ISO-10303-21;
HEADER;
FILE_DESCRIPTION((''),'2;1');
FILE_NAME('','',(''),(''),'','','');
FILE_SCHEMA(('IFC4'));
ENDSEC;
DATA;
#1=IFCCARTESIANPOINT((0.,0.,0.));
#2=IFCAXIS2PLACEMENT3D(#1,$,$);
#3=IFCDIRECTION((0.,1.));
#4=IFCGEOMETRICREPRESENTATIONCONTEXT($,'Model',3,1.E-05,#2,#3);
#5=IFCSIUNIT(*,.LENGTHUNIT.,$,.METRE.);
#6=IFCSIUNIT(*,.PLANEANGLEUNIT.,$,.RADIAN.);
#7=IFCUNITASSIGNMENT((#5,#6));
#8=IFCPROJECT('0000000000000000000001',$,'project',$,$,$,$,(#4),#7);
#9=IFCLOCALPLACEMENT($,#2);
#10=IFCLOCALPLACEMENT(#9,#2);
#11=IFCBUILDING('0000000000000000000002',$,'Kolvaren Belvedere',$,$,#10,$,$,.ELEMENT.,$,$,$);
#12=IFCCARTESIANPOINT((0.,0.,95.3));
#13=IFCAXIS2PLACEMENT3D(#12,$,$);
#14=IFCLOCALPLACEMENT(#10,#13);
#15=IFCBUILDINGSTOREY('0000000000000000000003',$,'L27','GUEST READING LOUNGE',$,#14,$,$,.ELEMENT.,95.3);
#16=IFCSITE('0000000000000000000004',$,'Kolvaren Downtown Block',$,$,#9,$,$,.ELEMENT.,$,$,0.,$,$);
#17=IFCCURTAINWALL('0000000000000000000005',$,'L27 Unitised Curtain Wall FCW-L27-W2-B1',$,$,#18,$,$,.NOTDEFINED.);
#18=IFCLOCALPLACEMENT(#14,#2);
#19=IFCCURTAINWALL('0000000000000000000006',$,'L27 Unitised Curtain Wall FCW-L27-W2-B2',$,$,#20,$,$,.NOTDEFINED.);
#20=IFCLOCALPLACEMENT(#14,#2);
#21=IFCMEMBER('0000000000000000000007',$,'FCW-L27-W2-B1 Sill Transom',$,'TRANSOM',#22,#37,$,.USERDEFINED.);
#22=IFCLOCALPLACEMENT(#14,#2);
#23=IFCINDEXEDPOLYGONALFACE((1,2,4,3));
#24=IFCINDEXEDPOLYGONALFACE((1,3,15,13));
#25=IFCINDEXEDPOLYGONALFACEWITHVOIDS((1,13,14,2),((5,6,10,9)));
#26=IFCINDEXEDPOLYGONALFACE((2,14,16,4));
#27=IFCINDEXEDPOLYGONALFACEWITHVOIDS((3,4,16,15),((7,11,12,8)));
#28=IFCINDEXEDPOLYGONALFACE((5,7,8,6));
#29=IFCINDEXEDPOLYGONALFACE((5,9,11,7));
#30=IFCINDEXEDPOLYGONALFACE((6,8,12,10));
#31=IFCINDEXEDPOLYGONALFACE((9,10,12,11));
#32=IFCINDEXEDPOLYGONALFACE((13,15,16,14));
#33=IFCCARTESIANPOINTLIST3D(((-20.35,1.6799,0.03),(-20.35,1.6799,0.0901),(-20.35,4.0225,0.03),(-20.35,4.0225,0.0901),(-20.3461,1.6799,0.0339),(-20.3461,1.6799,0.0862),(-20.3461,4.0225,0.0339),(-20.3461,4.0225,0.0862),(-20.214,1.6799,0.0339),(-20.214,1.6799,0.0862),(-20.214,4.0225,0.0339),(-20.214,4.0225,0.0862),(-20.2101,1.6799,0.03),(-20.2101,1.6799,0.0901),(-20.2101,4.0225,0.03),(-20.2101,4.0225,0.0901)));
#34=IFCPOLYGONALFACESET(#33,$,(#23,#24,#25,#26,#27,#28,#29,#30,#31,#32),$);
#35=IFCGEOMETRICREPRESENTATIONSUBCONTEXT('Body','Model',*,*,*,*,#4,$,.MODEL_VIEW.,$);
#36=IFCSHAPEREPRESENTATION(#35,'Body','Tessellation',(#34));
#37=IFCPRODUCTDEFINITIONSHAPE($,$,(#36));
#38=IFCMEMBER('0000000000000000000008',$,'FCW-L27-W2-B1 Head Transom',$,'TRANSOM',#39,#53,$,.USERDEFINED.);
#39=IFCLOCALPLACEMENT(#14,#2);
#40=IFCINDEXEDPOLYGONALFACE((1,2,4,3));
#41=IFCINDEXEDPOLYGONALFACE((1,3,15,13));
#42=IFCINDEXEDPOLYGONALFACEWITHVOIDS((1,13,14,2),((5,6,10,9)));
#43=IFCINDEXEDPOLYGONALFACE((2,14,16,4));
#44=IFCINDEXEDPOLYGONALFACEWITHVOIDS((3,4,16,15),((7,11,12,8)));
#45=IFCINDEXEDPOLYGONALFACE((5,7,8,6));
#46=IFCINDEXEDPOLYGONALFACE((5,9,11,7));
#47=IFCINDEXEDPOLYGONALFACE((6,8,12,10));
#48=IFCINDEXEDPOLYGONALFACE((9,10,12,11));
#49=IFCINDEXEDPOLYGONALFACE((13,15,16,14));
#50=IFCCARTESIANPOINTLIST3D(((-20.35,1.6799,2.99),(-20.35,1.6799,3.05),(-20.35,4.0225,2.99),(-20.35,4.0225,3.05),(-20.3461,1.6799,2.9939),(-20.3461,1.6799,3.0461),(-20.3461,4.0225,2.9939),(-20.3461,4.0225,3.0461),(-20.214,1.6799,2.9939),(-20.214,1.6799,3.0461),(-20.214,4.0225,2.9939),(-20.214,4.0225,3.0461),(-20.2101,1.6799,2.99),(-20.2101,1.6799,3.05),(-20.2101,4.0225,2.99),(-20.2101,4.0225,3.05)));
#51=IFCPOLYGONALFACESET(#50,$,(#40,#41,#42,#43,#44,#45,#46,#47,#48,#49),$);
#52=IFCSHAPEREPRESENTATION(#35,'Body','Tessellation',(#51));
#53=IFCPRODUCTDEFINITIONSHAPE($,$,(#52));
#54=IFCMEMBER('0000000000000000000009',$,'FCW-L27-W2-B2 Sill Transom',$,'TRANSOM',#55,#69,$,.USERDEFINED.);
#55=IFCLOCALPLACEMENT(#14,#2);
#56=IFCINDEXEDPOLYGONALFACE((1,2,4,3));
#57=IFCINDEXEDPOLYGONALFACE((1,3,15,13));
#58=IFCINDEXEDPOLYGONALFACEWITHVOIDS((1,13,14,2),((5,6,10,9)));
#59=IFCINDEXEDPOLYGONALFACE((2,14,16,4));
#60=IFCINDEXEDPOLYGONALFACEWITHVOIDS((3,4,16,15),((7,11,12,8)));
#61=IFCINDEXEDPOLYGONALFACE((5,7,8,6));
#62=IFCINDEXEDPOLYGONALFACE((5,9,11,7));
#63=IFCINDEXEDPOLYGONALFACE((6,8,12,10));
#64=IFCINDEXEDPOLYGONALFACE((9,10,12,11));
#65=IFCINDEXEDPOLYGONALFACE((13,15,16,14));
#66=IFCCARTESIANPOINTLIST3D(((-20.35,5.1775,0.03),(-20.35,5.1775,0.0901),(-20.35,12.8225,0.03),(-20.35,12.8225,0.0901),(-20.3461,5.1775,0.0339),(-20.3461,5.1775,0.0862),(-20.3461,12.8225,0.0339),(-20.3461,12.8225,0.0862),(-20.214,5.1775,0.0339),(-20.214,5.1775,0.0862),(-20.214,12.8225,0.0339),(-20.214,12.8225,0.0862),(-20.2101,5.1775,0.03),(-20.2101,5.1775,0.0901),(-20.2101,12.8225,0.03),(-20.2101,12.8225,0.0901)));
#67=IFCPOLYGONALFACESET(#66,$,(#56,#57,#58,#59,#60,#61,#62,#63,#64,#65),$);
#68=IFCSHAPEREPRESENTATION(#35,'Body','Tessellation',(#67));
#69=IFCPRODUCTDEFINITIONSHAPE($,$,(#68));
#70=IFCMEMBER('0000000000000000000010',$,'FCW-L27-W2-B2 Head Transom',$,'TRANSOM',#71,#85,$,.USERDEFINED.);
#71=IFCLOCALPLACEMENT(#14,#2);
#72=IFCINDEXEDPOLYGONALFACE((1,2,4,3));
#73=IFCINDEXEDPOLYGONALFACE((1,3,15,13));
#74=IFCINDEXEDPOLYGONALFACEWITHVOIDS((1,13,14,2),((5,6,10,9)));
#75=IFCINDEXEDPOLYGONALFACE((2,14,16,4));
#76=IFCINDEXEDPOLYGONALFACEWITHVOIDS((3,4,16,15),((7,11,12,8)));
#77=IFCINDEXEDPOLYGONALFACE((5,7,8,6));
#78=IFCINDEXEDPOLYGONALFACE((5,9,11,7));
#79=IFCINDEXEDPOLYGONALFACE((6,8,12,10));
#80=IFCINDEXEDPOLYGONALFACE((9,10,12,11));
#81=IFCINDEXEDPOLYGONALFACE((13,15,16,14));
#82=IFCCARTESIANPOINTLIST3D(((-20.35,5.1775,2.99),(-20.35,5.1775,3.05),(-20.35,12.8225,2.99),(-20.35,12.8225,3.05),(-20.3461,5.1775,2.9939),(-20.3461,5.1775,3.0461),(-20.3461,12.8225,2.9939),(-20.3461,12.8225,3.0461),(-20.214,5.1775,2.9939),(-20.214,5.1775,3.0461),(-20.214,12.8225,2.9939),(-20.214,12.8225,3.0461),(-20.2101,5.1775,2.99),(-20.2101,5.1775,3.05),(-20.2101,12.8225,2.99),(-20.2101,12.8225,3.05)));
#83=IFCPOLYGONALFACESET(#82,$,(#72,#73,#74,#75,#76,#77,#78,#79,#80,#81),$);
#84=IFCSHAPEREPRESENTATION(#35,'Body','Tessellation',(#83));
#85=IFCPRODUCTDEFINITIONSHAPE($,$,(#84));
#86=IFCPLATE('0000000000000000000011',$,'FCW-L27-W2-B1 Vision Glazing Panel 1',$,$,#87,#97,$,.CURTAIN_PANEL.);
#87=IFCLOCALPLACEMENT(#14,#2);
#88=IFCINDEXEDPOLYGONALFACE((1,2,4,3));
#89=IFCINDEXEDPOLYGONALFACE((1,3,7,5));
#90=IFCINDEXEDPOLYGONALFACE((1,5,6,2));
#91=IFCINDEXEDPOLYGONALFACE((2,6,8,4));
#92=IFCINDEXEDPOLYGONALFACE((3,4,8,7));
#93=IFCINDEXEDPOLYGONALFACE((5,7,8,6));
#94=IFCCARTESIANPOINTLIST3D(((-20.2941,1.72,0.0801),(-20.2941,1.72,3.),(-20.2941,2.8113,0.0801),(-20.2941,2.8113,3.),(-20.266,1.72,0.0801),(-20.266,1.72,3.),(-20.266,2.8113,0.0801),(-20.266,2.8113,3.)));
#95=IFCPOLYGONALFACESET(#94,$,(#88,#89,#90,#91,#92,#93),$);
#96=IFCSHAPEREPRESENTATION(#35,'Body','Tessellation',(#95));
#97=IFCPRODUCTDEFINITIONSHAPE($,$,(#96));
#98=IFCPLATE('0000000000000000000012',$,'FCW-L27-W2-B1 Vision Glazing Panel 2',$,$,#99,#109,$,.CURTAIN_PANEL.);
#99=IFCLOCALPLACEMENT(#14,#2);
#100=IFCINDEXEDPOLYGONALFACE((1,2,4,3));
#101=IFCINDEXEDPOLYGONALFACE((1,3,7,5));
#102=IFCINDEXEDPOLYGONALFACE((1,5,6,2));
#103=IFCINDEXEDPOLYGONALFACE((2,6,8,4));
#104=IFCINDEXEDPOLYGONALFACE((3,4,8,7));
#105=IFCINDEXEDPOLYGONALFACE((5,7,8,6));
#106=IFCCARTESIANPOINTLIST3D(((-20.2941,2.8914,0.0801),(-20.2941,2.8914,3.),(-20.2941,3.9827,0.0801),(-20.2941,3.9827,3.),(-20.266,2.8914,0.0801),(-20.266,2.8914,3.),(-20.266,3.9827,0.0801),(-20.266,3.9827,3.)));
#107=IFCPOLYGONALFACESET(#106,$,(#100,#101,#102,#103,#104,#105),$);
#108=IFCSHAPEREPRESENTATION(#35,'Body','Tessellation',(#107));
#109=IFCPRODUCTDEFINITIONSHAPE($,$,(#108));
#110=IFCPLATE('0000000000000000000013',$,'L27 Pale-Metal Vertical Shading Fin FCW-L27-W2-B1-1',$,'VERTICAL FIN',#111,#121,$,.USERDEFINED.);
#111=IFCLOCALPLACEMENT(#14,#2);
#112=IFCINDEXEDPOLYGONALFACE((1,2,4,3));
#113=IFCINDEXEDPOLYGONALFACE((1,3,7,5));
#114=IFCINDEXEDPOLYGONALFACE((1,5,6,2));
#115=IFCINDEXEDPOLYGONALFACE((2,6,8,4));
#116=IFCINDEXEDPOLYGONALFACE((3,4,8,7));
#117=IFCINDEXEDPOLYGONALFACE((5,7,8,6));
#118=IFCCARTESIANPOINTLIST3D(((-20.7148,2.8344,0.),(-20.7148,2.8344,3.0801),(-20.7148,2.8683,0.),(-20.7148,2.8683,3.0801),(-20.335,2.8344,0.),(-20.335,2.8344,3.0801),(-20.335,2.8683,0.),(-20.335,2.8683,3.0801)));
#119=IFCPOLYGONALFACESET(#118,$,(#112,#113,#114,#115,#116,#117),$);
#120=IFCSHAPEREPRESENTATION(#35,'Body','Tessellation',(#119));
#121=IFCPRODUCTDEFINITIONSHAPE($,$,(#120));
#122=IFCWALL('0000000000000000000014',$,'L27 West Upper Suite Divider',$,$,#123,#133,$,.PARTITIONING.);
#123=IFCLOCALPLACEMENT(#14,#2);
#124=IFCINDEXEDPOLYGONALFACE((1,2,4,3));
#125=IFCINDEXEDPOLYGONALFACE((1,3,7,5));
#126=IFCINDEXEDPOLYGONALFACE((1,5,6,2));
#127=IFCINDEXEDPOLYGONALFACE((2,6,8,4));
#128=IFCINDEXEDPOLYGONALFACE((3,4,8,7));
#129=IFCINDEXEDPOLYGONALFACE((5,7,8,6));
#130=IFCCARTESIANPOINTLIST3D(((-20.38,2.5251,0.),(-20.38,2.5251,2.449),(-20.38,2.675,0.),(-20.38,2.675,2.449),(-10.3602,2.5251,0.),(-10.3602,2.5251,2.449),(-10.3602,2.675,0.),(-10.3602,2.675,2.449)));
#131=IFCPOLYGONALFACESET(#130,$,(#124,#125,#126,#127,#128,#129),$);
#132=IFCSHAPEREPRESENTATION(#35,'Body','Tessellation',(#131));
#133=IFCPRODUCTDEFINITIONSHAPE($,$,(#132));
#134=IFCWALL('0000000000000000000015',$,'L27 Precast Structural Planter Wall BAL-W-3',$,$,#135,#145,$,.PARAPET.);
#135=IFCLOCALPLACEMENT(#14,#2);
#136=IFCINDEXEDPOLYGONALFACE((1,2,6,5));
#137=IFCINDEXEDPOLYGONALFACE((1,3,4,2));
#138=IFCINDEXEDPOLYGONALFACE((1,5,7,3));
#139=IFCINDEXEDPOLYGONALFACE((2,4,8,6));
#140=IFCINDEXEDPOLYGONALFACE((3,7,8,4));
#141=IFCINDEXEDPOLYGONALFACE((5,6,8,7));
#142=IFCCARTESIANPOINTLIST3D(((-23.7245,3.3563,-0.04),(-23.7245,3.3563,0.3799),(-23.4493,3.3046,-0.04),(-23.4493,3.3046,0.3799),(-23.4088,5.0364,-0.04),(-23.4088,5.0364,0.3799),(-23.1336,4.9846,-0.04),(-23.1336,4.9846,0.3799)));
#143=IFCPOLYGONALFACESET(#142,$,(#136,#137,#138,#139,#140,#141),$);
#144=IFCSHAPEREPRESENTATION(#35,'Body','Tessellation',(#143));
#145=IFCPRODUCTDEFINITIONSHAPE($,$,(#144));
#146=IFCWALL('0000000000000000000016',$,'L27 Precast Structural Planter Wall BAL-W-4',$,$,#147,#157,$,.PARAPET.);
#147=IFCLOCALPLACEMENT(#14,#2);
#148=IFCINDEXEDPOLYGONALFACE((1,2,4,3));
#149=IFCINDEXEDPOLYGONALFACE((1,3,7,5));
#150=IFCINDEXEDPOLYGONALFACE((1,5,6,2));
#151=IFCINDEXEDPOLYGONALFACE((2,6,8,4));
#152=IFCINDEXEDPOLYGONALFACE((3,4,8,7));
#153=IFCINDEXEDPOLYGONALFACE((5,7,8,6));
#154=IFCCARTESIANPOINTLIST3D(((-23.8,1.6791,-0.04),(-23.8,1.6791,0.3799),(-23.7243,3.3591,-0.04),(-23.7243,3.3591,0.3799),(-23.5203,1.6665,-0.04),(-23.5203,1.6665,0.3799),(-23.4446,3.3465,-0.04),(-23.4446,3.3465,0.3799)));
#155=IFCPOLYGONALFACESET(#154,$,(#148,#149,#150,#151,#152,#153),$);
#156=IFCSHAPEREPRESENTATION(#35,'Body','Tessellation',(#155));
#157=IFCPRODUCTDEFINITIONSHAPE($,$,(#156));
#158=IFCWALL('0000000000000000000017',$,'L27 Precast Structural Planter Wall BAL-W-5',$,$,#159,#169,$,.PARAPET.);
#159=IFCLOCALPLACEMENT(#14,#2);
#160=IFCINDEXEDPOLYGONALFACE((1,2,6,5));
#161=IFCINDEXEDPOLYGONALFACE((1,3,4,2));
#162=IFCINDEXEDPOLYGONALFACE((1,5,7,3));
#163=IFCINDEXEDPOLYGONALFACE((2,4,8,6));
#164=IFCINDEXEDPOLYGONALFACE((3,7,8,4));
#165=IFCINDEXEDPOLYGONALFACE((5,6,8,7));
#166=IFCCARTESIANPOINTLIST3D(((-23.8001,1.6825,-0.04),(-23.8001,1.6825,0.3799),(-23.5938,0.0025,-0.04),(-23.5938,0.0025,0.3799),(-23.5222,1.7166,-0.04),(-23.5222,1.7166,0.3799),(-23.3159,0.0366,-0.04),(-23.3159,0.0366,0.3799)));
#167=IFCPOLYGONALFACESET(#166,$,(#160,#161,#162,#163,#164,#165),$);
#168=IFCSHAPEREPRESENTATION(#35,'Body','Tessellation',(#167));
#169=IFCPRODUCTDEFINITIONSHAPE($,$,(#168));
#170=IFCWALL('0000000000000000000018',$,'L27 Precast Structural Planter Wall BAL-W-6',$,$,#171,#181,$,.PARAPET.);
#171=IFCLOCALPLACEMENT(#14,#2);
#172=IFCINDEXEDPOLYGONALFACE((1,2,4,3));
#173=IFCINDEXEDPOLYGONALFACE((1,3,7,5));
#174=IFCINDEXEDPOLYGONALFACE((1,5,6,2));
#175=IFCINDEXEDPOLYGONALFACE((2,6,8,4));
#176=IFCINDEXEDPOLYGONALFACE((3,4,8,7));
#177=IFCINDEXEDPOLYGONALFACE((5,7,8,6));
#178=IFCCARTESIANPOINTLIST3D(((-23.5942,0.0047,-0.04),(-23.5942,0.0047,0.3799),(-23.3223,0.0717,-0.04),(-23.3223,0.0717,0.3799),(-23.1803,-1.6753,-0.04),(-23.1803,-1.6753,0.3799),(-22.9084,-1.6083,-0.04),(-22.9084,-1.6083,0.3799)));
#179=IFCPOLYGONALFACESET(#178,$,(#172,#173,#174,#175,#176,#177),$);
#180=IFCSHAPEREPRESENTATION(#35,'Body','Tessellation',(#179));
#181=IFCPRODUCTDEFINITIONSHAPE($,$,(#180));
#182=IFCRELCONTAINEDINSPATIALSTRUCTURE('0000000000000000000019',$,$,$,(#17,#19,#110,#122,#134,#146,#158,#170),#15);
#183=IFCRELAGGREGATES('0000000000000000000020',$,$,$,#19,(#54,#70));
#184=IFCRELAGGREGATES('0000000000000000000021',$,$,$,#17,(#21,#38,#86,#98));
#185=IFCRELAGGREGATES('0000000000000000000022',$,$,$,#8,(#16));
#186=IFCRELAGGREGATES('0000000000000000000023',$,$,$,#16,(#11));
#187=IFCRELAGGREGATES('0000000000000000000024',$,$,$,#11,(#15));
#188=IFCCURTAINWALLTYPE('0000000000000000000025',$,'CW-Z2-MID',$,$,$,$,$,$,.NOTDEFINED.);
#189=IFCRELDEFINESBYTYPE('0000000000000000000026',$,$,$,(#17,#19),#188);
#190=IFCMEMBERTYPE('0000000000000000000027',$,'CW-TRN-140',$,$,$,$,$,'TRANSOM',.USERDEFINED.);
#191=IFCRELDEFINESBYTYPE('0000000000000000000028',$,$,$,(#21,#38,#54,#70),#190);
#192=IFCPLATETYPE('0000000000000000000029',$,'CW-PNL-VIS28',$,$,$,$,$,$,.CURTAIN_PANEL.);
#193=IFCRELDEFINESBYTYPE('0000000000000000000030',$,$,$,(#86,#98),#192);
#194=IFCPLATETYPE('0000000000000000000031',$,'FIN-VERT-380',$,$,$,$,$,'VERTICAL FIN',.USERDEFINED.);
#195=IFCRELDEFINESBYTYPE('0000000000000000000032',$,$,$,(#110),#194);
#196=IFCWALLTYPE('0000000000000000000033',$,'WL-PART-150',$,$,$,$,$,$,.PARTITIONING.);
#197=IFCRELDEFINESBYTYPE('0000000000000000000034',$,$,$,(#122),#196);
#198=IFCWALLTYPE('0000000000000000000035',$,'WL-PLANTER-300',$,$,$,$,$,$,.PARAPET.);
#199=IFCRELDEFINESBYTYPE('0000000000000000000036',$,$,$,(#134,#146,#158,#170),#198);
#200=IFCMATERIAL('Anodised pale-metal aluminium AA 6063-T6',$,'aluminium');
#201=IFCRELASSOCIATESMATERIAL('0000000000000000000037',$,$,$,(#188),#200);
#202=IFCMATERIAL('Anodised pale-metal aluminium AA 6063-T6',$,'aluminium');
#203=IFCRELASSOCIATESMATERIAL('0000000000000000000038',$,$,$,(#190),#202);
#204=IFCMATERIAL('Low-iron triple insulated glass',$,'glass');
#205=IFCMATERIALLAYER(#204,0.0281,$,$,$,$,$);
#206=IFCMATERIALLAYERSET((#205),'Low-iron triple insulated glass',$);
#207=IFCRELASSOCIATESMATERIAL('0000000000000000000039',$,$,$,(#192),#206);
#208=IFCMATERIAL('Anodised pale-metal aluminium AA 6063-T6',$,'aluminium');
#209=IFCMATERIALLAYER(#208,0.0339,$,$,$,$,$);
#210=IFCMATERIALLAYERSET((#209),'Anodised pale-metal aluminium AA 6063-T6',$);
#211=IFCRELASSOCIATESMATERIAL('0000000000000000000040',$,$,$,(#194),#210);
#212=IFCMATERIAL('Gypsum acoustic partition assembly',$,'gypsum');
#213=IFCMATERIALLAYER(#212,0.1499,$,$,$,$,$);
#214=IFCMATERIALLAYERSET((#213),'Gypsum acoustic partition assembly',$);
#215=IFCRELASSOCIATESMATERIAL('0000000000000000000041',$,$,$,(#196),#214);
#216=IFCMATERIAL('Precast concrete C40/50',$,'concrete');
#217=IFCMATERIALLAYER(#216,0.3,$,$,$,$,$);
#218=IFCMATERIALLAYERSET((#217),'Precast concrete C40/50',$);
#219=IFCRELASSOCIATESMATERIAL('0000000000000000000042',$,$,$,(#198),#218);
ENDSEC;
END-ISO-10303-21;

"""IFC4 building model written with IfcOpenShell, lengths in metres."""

from ifc_helpers import new_model, si_unit, direction, frame, frame_2d, origin, origin_2d, place, context, subcontext, project, spatial, rectangle, hollow_rectangle, extrude, material, layer, layer_set, material_profile, profile_set, type_object, element, aggregate, save


model = new_model("IFC4")

# Units and contexts
model_context = context("Model", 3, precision=1e-05, world=origin(), true_north=direction((0.0, 1.0)))
body_context = subcontext(model_context, "Body", "Model", "MODEL_VIEW")
ifc_project = project(units=[si_unit("LENGTHUNIT", "METRE"), si_unit("PLANEANGLEUNIT", "RADIAN")], contexts=[model_context])

# Site, building, storey
site_placement = place(None, origin())
site = spatial("IfcSite", under=ifc_project, at=site_placement, Name="Kolvaren Downtown Block", CompositionType="ELEMENT", RefElevation=0.0)
building_placement = place(site_placement, origin())
building = spatial("IfcBuilding", under=site, at=building_placement, Name="Kolvaren Belvedere", CompositionType="ELEMENT")
storey_placement = place(building_placement, frame((0.0, 0.0, 95.3)))
storey = spatial("IfcBuildingStorey", under=building, at=storey_placement, Name="L27", Description="GUEST READING LOUNGE", CompositionType="ELEMENT", Elevation=95.3)

# Curtain wall
ifc_material_1 = material(Name="Anodised pale-metal aluminium AA 6063-T6", Category="aluminium")
curtain_wall_type = type_object("IfcCurtainWallType", Name="CW-Z2-MID", PredefinedType="NOTDEFINED", material=ifc_material_1)
curtain_wall_1_placement = place(storey_placement, origin())
curtain_wall_1 = element("IfcCurtainWall", 1, at=curtain_wall_1_placement, inside=storey, type_object=curtain_wall_type, Name="L27 Unitised Curtain Wall FCW-L27-W2-B1", PredefinedType="NOTDEFINED")

# Curtain wall
curtain_wall_2_placement = place(storey_placement, origin())
curtain_wall_2 = element("IfcCurtainWall", 2, at=curtain_wall_2_placement, inside=storey, type_object=curtain_wall_type, Name="L27 Unitised Curtain Wall FCW-L27-W2-B2", PredefinedType="NOTDEFINED")

# Members
ifc_material_2 = material(Name="Anodised pale-metal aluminium AA 6063-T6", Category="aluminium")
ifc_material_profile_1 = material_profile(ifc_material_2, hollow_rectangle(XDim=0.0601, YDim=0.1399, WallThickness=0.0039, at=origin_2d()), Name="ALU-TRN-140X60")
ifc_profile_set_1 = profile_set([ifc_material_profile_1], Name="Anodised pale-metal aluminium AA 6063-T6")
member_type_1 = type_object("IfcMemberType", Name="CW-TRN-140", ElementType="TRANSOM", PredefinedType="USERDEFINED", material=ifc_profile_set_1)
member_1_placement = place(storey_placement, frame((-20.28, 1.6799, 0.0601), z_axis=(0.0, 1.0, 0.0), x_axis=(0.0, 0.0, 1.0)))
member_1 = element("IfcMember", 3, at=member_1_placement, type_object=member_type_1, Name="FCW-L27-W2-B1 Sill Transom", ObjectType="TRANSOM", PredefinedType="USERDEFINED", context=body_context, shape_type="SweptSolid", body=[
    extrude(hollow_rectangle(XDim=0.0601, YDim=0.1399, WallThickness=0.0039, at=origin_2d()), origin(), (0.0, 0.0, 1.0), 2.3425),
])
member_2_placement = place(storey_placement, frame((-20.28, 1.6799, 3.02), z_axis=(0.0, 1.0, 0.0), x_axis=(0.0, 0.0, 1.0)))
member_2 = element("IfcMember", 4, at=member_2_placement, type_object=member_type_1, Name="FCW-L27-W2-B1 Head Transom", ObjectType="TRANSOM", PredefinedType="USERDEFINED", context=body_context, shape_type="SweptSolid", body=[
    extrude(hollow_rectangle(XDim=0.0601, YDim=0.1399, WallThickness=0.0039, at=origin_2d()), origin(), (0.0, 0.0, 1.0), 2.3425),
])
member_3_placement = place(storey_placement, frame((-20.28, 5.1775, 0.0601), z_axis=(0.0, 1.0, 0.0), x_axis=(0.0, 0.0, 1.0)))
member_3 = element("IfcMember", 5, at=member_3_placement, type_object=member_type_1, Name="FCW-L27-W2-B2 Sill Transom", ObjectType="TRANSOM", PredefinedType="USERDEFINED", context=body_context, shape_type="SweptSolid", body=[
    extrude(hollow_rectangle(XDim=0.0601, YDim=0.1399, WallThickness=0.0039, at=origin_2d()), origin(), (0.0, 0.0, 1.0), 7.645),
])
member_4_placement = place(storey_placement, frame((-20.28, 5.1775, 3.02), z_axis=(0.0, 1.0, 0.0), x_axis=(0.0, 0.0, 1.0)))
member_4 = element("IfcMember", 6, at=member_4_placement, type_object=member_type_1, Name="FCW-L27-W2-B2 Head Transom", ObjectType="TRANSOM", PredefinedType="USERDEFINED", context=body_context, shape_type="SweptSolid", body=[
    extrude(hollow_rectangle(XDim=0.0601, YDim=0.1399, WallThickness=0.0039, at=origin_2d()), origin(), (0.0, 0.0, 1.0), 7.645),
])
aggregate(curtain_wall_2, [member_3, member_4])

# Plates
ifc_material_3 = material(Name="Low-iron triple insulated glass", Category="glass")
ifc_layer_1 = layer(ifc_material_3, 0.0281)
ifc_layer_set_1 = layer_set([ifc_layer_1], Name="Low-iron triple insulated glass")
plate_type_1 = type_object("IfcPlateType", Name="CW-PNL-VIS28", PredefinedType="CURTAIN_PANEL", material=ifc_layer_set_1)
plate_1_placement = place(storey_placement, frame((-20.28, 2.2656, 0.0801), z_axis=(0.0, 0.0, 1.0), x_axis=(0.0, 1.0, 0.0)))
plate_1 = element("IfcPlate", 7, at=plate_1_placement, type_object=plate_type_1, Name="FCW-L27-W2-B1 Vision Glazing Panel 1", PredefinedType="CURTAIN_PANEL", context=body_context, shape_type="SweptSolid", body=[
    extrude(rectangle(XDim=1.0913, YDim=0.0281, at=origin_2d()), origin(), (0.0, 0.0, 1.0), 2.9199),
])
plate_2_placement = place(storey_placement, frame((-20.28, 3.437, 0.0801), z_axis=(0.0, 0.0, 1.0), x_axis=(0.0, 1.0, 0.0)))
plate_2 = element("IfcPlate", 8, at=plate_2_placement, type_object=plate_type_1, Name="FCW-L27-W2-B1 Vision Glazing Panel 2", PredefinedType="CURTAIN_PANEL", context=body_context, shape_type="SweptSolid", body=[
    extrude(rectangle(XDim=1.0913, YDim=0.0281, at=origin_2d()), origin(), (0.0, 0.0, 1.0), 2.9199),
])
aggregate(curtain_wall_1, [member_1, member_2, plate_1, plate_2])
ifc_material_4 = material(Name="Anodised pale-metal aluminium AA 6063-T6", Category="aluminium")
ifc_layer_2 = layer(ifc_material_4, 0.0339)
ifc_layer_set_2 = layer_set([ifc_layer_2], Name="Anodised pale-metal aluminium AA 6063-T6")
plate_type_2 = type_object("IfcPlateType", Name="FIN-VERT-380", ElementType="VERTICAL FIN", PredefinedType="USERDEFINED", material=ifc_layer_set_2)
plate_3_placement = place(storey_placement, frame((-20.5249, 2.8513, 0.0), z_axis=(0.0, 0.0, 1.0), x_axis=(1.0, 0.0, 0.0)))
element("IfcPlate", 9, at=plate_3_placement, inside=storey, type_object=plate_type_2, Name="L27 Pale-Metal Vertical Shading Fin FCW-L27-W2-B1-1", ObjectType="VERTICAL FIN", PredefinedType="USERDEFINED", context=body_context, shape_type="SweptSolid", body=[
    extrude(rectangle(XDim=0.3799, YDim=0.0339, at=origin_2d()), origin(), (0.0, 0.0, 1.0), 3.0801),
])

# Walls
ifc_material_5 = material(Name="Gypsum acoustic partition assembly", Category="gypsum")
ifc_layer_3 = layer(ifc_material_5, 0.1499)
ifc_layer_set_3 = layer_set([ifc_layer_3], Name="Gypsum acoustic partition assembly")
wall_type_1 = type_object("IfcWallType", Name="WL-PART-150", PredefinedType="PARTITIONING", material=ifc_layer_set_3)
wall_1_placement = place(storey_placement, frame((-20.3799, 2.6001, 0.0), z_axis=(0.0, 0.0, 1.0), x_axis=(1.0, 0.0, 0.0)))
element("IfcWall", 10, at=wall_1_placement, inside=storey, type_object=wall_type_1, Name="L27 West Upper Suite Divider", PredefinedType="PARTITIONING", context=body_context, shape_type="SweptSolid", body=[
    extrude(rectangle(XDim=10.0198, YDim=0.1499, at=frame_2d((5.0098, 0.0))), origin(), (0.0, 0.0, 1.0), 2.449),
])
ifc_material_6 = material(Name="Precast concrete C40/50", Category="concrete")
ifc_layer_4 = layer(ifc_material_6, 0.3)
ifc_layer_set_4 = layer_set([ifc_layer_4], Name="Precast concrete C40/50")
wall_type_2 = type_object("IfcWallType", Name="WL-PLANTER-300", PredefinedType="PARAPET", material=ifc_layer_set_4)
wall_2_placement = place(storey_placement, frame((-23.2712, 5.0105, -0.04), z_axis=(0.0, 0.0, 1.0), x_axis=(-0.184651, -0.982804, 0.0)))
element("IfcWall", 11, at=wall_2_placement, inside=storey, type_object=wall_type_2, Name="L27 Precast Structural Planter Wall BAL-W-3", PredefinedType="PARAPET", context=body_context, shape_type="SweptSolid", body=[
    extrude(rectangle(XDim=1.7095, YDim=0.28, at=frame_2d((0.8547, 0.0))), origin(), (0.0, 0.0, 1.0), 0.4199),
])
wall_3_placement = place(storey_placement, frame((-23.5845, 3.3528, -0.04), z_axis=(0.0, 0.0, 1.0), x_axis=(-0.045006, -0.998987, 0.0)))
element("IfcWall", 12, at=wall_3_placement, inside=storey, type_object=wall_type_2, Name="L27 Precast Structural Planter Wall BAL-W-4", PredefinedType="PARAPET", context=body_context, shape_type="SweptSolid", body=[
    extrude(rectangle(XDim=1.6816, YDim=0.28, at=frame_2d((0.8408, 0.0))), origin(), (0.0, 0.0, 1.0), 0.4199),
])
wall_4_placement = place(storey_placement, frame((-23.6611, 1.6995, -0.04), z_axis=(0.0, 0.0, 1.0), x_axis=(0.121886, -0.992544, 0.0)))
element("IfcWall", 13, at=wall_4_placement, inside=storey, type_object=wall_type_2, Name="L27 Precast Structural Planter Wall BAL-W-5", PredefinedType="PARAPET", context=body_context, shape_type="SweptSolid", body=[
    extrude(rectangle(XDim=1.6926, YDim=0.28, at=frame_2d((0.8462, 0.0))), origin(), (0.0, 0.0, 1.0), 0.4199),
])
wall_5_placement = place(storey_placement, frame((-23.4583, 0.0383, -0.04), z_axis=(0.0, 0.0, 1.0), x_axis=(0.239181, -0.970975, 0.0)))
element("IfcWall", 14, at=wall_5_placement, inside=storey, type_object=wall_type_2, Name="L27 Precast Structural Planter Wall BAL-W-6", PredefinedType="PARAPET", context=body_context, shape_type="SweptSolid", body=[
    extrude(rectangle(XDim=1.7302, YDim=0.28, at=frame_2d((0.8652, 0.0))), origin(), (0.0, 0.0, 1.0), 0.4199),
])

save(model, "model.ifc")
